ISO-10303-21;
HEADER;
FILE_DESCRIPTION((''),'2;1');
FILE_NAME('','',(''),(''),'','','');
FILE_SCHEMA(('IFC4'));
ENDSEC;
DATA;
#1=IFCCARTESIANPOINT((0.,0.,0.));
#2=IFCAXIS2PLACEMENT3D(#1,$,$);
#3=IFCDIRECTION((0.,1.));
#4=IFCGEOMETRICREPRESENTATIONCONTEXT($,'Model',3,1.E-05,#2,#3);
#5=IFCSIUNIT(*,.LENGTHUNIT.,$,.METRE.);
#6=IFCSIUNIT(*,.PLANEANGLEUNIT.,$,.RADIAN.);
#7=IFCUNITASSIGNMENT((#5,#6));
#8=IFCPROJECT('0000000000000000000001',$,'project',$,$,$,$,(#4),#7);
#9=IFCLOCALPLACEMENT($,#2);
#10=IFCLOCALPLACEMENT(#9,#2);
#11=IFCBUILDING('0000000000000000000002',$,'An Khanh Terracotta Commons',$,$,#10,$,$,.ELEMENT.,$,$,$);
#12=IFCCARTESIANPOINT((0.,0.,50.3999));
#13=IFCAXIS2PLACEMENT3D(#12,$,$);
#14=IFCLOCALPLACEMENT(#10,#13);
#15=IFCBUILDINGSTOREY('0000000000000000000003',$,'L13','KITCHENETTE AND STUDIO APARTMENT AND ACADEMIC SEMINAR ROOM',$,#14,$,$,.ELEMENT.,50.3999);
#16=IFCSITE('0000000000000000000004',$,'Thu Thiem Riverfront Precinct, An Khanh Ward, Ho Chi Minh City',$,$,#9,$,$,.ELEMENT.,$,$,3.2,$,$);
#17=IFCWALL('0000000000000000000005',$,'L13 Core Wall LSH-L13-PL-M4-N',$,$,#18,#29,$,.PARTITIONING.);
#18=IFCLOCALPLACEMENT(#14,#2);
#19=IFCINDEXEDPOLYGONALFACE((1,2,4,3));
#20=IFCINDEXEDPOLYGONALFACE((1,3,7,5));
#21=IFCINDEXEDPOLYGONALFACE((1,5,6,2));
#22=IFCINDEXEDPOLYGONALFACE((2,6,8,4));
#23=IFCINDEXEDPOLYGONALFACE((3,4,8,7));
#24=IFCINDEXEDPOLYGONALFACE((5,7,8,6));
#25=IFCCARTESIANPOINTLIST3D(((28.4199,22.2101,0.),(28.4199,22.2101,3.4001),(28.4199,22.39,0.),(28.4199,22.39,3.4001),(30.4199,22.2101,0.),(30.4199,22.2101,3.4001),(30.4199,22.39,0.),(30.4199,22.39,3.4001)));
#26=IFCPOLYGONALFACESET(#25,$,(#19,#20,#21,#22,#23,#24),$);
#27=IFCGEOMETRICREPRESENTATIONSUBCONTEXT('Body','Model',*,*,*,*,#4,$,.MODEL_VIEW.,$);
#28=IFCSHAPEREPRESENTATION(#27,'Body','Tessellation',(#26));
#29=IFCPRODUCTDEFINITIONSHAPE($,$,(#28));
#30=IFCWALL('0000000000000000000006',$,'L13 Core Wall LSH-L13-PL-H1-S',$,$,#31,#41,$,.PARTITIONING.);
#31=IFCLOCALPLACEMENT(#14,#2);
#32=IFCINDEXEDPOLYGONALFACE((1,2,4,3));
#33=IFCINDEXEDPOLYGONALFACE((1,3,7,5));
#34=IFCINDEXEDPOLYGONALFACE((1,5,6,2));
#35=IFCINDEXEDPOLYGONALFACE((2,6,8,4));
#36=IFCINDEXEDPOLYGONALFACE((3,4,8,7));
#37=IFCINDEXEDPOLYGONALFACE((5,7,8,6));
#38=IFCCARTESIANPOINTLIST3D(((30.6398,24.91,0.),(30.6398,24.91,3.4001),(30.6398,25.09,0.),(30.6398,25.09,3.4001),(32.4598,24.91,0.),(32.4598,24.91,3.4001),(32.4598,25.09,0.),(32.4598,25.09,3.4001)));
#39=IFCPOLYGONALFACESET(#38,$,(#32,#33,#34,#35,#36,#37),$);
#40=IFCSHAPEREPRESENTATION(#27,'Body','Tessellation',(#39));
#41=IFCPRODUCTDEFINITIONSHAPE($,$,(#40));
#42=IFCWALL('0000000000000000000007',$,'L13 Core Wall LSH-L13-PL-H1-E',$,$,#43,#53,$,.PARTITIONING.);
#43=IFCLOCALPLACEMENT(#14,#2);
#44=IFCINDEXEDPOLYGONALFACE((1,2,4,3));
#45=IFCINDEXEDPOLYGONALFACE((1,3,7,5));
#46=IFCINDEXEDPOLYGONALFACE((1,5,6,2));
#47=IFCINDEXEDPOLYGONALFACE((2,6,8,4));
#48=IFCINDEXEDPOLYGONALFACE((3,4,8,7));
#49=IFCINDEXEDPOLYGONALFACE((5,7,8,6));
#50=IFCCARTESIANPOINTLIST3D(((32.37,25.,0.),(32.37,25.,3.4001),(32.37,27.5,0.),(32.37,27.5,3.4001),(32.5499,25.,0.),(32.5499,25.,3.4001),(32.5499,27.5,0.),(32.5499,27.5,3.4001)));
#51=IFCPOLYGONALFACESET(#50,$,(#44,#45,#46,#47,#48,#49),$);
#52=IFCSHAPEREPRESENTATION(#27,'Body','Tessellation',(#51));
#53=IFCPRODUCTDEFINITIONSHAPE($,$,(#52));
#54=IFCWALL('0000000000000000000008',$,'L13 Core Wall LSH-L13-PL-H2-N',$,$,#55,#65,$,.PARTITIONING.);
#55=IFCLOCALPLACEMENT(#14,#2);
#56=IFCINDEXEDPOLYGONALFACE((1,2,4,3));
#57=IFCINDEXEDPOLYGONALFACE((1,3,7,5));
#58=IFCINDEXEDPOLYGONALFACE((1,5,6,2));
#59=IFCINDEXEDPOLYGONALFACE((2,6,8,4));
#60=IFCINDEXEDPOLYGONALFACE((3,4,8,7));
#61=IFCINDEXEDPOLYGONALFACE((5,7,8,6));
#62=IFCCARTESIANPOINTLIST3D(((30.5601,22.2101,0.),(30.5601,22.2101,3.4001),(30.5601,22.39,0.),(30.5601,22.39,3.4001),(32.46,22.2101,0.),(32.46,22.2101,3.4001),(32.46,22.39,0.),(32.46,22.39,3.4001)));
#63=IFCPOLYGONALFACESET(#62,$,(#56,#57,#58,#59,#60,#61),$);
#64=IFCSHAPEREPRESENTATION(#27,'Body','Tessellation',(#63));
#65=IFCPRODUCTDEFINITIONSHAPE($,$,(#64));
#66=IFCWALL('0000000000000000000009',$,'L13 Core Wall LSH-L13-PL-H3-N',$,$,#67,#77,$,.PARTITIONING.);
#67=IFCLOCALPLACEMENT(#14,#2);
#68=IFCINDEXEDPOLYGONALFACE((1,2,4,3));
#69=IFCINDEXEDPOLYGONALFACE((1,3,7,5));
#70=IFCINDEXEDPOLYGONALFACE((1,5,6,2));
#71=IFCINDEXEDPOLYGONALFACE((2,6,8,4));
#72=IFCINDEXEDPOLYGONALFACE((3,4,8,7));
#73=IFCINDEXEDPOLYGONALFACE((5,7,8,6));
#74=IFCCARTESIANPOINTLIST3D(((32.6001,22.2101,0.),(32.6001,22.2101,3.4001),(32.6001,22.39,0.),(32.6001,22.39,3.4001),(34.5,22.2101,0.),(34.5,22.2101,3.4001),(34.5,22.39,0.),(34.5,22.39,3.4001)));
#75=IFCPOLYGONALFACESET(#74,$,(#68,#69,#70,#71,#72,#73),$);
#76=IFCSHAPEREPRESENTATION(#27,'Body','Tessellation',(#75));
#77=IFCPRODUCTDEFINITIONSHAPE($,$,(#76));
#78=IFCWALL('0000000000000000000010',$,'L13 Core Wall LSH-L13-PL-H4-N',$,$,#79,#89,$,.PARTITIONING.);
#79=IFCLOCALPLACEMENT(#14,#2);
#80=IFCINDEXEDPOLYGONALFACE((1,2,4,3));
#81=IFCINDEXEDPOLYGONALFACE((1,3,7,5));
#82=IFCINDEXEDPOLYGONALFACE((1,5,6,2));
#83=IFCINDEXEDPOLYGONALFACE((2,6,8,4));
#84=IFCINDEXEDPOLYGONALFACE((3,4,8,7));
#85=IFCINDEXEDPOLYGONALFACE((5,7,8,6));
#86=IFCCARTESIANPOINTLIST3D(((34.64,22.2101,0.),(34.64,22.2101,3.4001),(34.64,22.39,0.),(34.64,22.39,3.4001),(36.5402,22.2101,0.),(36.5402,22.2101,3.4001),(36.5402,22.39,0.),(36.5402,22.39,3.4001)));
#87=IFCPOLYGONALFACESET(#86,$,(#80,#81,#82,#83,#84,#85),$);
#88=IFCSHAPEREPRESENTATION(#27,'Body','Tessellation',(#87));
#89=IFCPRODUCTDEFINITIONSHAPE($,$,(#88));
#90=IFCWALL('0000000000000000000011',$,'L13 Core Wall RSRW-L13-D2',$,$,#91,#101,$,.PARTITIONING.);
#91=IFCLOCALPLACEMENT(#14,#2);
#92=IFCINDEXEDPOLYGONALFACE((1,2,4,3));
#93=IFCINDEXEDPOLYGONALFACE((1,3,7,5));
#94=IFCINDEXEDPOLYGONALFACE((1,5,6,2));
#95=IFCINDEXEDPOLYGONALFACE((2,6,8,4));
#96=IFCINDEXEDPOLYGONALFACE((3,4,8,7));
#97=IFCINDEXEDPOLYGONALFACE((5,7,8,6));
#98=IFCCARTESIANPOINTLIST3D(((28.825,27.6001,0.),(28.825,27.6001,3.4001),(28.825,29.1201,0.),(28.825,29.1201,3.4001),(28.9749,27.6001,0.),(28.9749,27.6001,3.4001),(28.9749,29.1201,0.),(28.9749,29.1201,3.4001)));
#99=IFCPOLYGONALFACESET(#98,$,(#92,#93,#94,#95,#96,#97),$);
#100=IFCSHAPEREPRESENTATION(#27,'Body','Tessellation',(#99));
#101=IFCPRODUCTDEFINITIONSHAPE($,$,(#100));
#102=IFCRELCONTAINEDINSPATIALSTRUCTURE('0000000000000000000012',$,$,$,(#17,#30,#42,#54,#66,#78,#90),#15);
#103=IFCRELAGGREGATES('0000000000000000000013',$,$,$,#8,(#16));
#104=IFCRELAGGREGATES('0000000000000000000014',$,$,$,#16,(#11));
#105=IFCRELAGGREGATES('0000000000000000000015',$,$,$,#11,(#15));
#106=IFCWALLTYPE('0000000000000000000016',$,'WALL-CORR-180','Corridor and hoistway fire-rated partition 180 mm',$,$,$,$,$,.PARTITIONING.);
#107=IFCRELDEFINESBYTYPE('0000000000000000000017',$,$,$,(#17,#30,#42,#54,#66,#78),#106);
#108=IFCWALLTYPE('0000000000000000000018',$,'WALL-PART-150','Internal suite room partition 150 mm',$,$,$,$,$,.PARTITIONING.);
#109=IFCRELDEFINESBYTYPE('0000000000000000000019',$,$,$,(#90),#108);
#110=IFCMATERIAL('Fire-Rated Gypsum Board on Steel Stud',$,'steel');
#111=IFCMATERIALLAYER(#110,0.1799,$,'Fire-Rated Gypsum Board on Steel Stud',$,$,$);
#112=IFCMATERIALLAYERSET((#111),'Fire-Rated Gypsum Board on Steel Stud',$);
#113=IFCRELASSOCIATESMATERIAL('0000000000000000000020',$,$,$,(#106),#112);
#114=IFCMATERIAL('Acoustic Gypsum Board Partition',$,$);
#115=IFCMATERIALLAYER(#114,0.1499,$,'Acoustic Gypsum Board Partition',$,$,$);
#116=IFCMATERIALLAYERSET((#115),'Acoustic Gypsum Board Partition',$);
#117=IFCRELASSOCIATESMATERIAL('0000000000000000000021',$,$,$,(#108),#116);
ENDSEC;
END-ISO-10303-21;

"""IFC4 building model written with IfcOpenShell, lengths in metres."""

from ifc_helpers import new_model, si_unit, direction, frame, frame_2d, origin, place, context, subcontext, project, spatial, rectangle, extrude, material, layer, layer_set, type_object, element, save


model = new_model("IFC4")

# Units and contexts
model_context = context("Model", 3, precision=1e-05, world=origin(), true_north=direction((0.0, 1.0)))
body_context = subcontext(model_context, "Body", "Model", "MODEL_VIEW")
ifc_project = project(units=[si_unit("LENGTHUNIT", "METRE"), si_unit("PLANEANGLEUNIT", "RADIAN")], contexts=[model_context])

# Site, building, storey
site_placement = place(None, origin())
site = spatial("IfcSite", under=ifc_project, at=site_placement, Name="Thu Thiem Riverfront Precinct, An Khanh Ward, Ho Chi Minh City", CompositionType="ELEMENT", RefElevation=3.2)
building_placement = place(site_placement, origin())
building = spatial("IfcBuilding", under=site, at=building_placement, Name="An Khanh Terracotta Commons", CompositionType="ELEMENT")
storey_placement = place(building_placement, frame((0.0, 0.0, 50.3999)))
storey = spatial("IfcBuildingStorey", under=building, at=storey_placement, Name="L13", Description="KITCHENETTE AND STUDIO APARTMENT AND ACADEMIC SEMINAR ROOM", CompositionType="ELEMENT", Elevation=50.3999)

# Shared definitions
ifc_material_1 = material(Name="Fire-Rated Gypsum Board on Steel Stud", Category="steel")
ifc_layer_1 = layer(ifc_material_1, 0.1799, Name="Fire-Rated Gypsum Board on Steel Stud")
ifc_layer_set_1 = layer_set([ifc_layer_1], Name="Fire-Rated Gypsum Board on Steel Stud")
wall_type_1 = type_object("IfcWallType", Name="WALL-CORR-180", Description="Corridor and hoistway fire-rated partition 180 mm", PredefinedType="PARTITIONING", material=ifc_layer_set_1)

# Walls
wall_1_placement = place(storey_placement, frame((28.4199, 22.3, 0.0), z_axis=(0.0, 0.0, 1.0), x_axis=(1.0, 0.0, 0.0)))
element("IfcWall", 1, at=wall_1_placement, inside=storey, type_object=wall_type_1, Name="L13 Core Wall LSH-L13-PL-M4-N", PredefinedType="PARTITIONING", context=body_context, shape_type="SweptSolid", body=[
    extrude(rectangle(XDim=2.0, YDim=0.1799, at=frame_2d((1.0, 0.0))), origin(), (0.0, 0.0, 1.0), 3.4001),
])
wall_2_placement = place(storey_placement, frame((32.46, 25.0, 0.0), z_axis=(0.0, 0.0, 1.0), x_axis=(-1.0, 0.0, 0.0)))
element("IfcWall", 2, at=wall_2_placement, inside=storey, type_object=wall_type_1, Name="L13 Core Wall LSH-L13-PL-H1-S", PredefinedType="PARTITIONING", context=body_context, shape_type="SweptSolid", body=[
    extrude(rectangle(XDim=1.8201, YDim=0.1799, at=frame_2d((0.9102, 0.0))), origin(), (0.0, 0.0, 1.0), 3.4001),
])
wall_3_placement = place(storey_placement, frame((32.46, 25.0, 0.0), z_axis=(0.0, 0.0, 1.0), x_axis=(0.0, 1.0, 0.0)))
element("IfcWall", 3, at=wall_3_placement, inside=storey, type_object=wall_type_1, Name="L13 Core Wall LSH-L13-PL-H1-E", PredefinedType="PARTITIONING", context=body_context, shape_type="SweptSolid", body=[
    extrude(rectangle(XDim=2.5, YDim=0.1799, at=frame_2d((1.25, 0.0))), origin(), (0.0, 0.0, 1.0), 3.4001),
])
for number, where, z_axis, x_axis, name in (
    (4, (30.5601, 22.3, 0.0), (0.0, 0.0, 1.0), (1.0, 0.0, 0.0), "L13 Core Wall LSH-L13-PL-H2-N"),
    (5, (32.6001, 22.3, 0.0), (0.0, 0.0, 1.0), (1.0, 0.0, 0.0), "L13 Core Wall LSH-L13-PL-H3-N"),
):
    element("IfcWall", number, at=place(storey_placement, frame(where, z_axis=z_axis, x_axis=x_axis)), inside=storey, type_object=wall_type_1, Name=name, PredefinedType="PARTITIONING", context=body_context, shape_type="SweptSolid", body=[
        extrude(rectangle(XDim=1.8999, YDim=0.1799, at=frame_2d((0.95, 0.0))), origin(), (0.0, 0.0, 1.0), 3.4001),
    ])
wall_4_placement = place(storey_placement, frame((34.6399, 22.3, 0.0), z_axis=(0.0, 0.0, 1.0), x_axis=(1.0, 0.0, 0.0)))
element("IfcWall", 6, at=wall_4_placement, inside=storey, type_object=wall_type_1, Name="L13 Core Wall LSH-L13-PL-H4-N", PredefinedType="PARTITIONING", context=body_context, shape_type="SweptSolid", body=[
    extrude(rectangle(XDim=1.9001, YDim=0.1799, at=frame_2d((0.9502, 0.0))), origin(), (0.0, 0.0, 1.0), 3.4001),
])
ifc_material_2 = material(Name="Acoustic Gypsum Board Partition")
ifc_layer_2 = layer(ifc_material_2, 0.1499, Name="Acoustic Gypsum Board Partition")
ifc_layer_set_2 = layer_set([ifc_layer_2], Name="Acoustic Gypsum Board Partition")
wall_type_2 = type_object("IfcWallType", Name="WALL-PART-150", Description="Internal suite room partition 150 mm", PredefinedType="PARTITIONING", material=ifc_layer_set_2)
wall_5_placement = place(storey_placement, frame((28.8999, 27.6001, 0.0), z_axis=(0.0, 0.0, 1.0), x_axis=(0.0, 1.0, 0.0)))
element("IfcWall", 7, at=wall_5_placement, inside=storey, type_object=wall_type_2, Name="L13 Core Wall RSRW-L13-D2", PredefinedType="PARTITIONING", context=body_context, shape_type="SweptSolid", body=[
    extrude(rectangle(XDim=1.52, YDim=0.1499, at=frame_2d((0.76, 0.0))), origin(), (0.0, 0.0, 1.0), 3.4001),
])

save(model, "model.ifc")
